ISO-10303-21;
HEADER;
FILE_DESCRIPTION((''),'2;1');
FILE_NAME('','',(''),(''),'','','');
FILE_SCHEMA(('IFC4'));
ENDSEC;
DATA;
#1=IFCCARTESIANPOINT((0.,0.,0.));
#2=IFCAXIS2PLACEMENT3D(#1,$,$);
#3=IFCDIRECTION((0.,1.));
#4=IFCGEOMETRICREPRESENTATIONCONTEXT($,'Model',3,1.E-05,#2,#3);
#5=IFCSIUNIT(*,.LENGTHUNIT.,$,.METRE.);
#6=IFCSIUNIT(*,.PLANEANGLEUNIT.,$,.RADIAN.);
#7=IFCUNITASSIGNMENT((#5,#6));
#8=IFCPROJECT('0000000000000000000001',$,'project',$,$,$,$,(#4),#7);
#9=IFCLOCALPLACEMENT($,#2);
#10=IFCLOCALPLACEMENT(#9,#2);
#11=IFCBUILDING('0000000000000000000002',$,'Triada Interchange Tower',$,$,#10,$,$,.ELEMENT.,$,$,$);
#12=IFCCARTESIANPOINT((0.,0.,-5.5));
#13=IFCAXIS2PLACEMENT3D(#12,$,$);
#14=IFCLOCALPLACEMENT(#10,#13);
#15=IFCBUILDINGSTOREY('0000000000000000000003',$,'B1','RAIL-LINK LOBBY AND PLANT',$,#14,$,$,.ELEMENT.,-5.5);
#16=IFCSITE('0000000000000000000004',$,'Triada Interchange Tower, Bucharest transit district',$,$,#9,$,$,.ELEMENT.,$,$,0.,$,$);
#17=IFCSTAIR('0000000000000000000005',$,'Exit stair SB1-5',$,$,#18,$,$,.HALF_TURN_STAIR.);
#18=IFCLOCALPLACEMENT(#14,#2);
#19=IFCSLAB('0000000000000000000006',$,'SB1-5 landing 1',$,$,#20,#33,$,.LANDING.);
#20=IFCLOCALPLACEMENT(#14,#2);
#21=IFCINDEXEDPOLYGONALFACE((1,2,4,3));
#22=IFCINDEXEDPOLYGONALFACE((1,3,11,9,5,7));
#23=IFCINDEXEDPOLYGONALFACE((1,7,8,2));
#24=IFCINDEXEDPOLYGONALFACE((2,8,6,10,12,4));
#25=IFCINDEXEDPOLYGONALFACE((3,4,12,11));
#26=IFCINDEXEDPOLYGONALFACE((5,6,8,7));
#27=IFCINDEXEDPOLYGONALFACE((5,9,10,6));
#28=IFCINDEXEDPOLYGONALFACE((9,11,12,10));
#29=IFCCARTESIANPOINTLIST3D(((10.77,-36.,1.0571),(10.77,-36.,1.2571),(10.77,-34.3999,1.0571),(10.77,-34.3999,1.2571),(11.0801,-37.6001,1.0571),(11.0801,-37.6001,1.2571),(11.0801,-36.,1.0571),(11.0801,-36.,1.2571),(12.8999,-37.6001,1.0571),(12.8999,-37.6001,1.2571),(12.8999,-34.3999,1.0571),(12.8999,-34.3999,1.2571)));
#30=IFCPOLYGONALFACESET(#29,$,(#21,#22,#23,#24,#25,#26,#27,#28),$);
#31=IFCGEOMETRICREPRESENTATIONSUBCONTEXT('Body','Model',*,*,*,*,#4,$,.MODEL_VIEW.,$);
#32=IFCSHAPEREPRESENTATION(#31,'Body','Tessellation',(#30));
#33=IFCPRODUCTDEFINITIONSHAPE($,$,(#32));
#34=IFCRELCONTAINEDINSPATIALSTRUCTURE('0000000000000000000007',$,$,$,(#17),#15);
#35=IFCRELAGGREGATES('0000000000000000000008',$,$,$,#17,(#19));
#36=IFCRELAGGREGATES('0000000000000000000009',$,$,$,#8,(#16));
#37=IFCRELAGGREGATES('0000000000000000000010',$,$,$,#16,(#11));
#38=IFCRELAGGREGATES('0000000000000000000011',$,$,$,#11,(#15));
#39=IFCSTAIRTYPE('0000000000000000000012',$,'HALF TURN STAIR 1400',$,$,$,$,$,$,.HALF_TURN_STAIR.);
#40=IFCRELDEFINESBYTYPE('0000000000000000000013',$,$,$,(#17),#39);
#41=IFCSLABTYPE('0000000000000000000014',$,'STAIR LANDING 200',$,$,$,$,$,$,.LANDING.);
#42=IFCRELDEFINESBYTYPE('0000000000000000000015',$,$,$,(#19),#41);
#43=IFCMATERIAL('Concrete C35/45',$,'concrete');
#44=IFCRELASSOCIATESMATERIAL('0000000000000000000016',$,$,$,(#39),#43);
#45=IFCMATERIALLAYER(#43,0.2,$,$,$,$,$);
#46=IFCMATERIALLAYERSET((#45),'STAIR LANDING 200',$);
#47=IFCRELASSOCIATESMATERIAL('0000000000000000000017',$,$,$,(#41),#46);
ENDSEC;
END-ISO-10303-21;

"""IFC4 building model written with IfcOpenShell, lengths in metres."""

from ifc_helpers import new_model, si_unit, direction, frame, origin, place, context, subcontext, project, spatial, polyline, outline, extrude, material, layer, layer_set, type_object, element, aggregate, save


model = new_model("IFC4")

# Units and contexts
model_context = context("Model", 3, precision=1e-05, world=origin(), true_north=direction((0.0, 1.0)))
body_context = subcontext(model_context, "Body", "Model", "MODEL_VIEW")
ifc_project = project(units=[si_unit("LENGTHUNIT", "METRE"), si_unit("PLANEANGLEUNIT", "RADIAN")], contexts=[model_context])

# Site, building, storey
site_placement = place(None, origin())
site = spatial("IfcSite", under=ifc_project, at=site_placement, Name="Triada Interchange Tower, Bucharest transit district", CompositionType="ELEMENT", RefElevation=0.0)
building_placement = place(site_placement, origin())
building = spatial("IfcBuilding", under=site, at=building_placement, Name="Triada Interchange Tower", CompositionType="ELEMENT")
storey_placement = place(building_placement, frame((0.0, 0.0, -5.5)))
storey = spatial("IfcBuildingStorey", under=building, at=storey_placement, Name="B1", Description="RAIL-LINK LOBBY AND PLANT", CompositionType="ELEMENT", Elevation=-5.5)

# Shared definitions
ifc_material_1 = material(Name="Concrete C35/45", Category="concrete")

# Shared definitions
stair_type = type_object("IfcStairType", Name="HALF TURN STAIR 1400", PredefinedType="HALF_TURN_STAIR", material=ifc_material_1)
ifc_layer_1 = layer(ifc_material_1, 0.2)
ifc_layer_set_1 = layer_set([ifc_layer_1], Name="STAIR LANDING 200")
slab_type_1 = type_object("IfcSlabType", Name="STAIR LANDING 200", PredefinedType="LANDING", material=ifc_layer_set_1)

# Stair, slab
stair_1_placement = place(storey_placement, origin())
stair_1 = element("IfcStair", 1, at=stair_1_placement, inside=storey, type_object=stair_type, Name="Exit stair SB1-5", PredefinedType="HALF_TURN_STAIR")
slab_1_placement = place(storey_placement, frame((0.0, 0.0, 1.0571)))
slab_1 = element("IfcSlab", 2, at=slab_1_placement, type_object=slab_type_1, Name="SB1-5 landing 1", PredefinedType="LANDING", context=body_context, shape_type="SweptSolid", body=[
    extrude(outline(polyline([(12.8999, -34.3999), (10.77, -34.3999), (10.77, -36.0), (11.0801, -36.0), (11.0801, -37.6001), (12.8999, -37.6001), (12.8999, -34.3999)])), origin(), (0.0, 0.0, 1.0), 0.2),
])
aggregate(stair_1, [slab_1])

save(model, "model.ifc")
